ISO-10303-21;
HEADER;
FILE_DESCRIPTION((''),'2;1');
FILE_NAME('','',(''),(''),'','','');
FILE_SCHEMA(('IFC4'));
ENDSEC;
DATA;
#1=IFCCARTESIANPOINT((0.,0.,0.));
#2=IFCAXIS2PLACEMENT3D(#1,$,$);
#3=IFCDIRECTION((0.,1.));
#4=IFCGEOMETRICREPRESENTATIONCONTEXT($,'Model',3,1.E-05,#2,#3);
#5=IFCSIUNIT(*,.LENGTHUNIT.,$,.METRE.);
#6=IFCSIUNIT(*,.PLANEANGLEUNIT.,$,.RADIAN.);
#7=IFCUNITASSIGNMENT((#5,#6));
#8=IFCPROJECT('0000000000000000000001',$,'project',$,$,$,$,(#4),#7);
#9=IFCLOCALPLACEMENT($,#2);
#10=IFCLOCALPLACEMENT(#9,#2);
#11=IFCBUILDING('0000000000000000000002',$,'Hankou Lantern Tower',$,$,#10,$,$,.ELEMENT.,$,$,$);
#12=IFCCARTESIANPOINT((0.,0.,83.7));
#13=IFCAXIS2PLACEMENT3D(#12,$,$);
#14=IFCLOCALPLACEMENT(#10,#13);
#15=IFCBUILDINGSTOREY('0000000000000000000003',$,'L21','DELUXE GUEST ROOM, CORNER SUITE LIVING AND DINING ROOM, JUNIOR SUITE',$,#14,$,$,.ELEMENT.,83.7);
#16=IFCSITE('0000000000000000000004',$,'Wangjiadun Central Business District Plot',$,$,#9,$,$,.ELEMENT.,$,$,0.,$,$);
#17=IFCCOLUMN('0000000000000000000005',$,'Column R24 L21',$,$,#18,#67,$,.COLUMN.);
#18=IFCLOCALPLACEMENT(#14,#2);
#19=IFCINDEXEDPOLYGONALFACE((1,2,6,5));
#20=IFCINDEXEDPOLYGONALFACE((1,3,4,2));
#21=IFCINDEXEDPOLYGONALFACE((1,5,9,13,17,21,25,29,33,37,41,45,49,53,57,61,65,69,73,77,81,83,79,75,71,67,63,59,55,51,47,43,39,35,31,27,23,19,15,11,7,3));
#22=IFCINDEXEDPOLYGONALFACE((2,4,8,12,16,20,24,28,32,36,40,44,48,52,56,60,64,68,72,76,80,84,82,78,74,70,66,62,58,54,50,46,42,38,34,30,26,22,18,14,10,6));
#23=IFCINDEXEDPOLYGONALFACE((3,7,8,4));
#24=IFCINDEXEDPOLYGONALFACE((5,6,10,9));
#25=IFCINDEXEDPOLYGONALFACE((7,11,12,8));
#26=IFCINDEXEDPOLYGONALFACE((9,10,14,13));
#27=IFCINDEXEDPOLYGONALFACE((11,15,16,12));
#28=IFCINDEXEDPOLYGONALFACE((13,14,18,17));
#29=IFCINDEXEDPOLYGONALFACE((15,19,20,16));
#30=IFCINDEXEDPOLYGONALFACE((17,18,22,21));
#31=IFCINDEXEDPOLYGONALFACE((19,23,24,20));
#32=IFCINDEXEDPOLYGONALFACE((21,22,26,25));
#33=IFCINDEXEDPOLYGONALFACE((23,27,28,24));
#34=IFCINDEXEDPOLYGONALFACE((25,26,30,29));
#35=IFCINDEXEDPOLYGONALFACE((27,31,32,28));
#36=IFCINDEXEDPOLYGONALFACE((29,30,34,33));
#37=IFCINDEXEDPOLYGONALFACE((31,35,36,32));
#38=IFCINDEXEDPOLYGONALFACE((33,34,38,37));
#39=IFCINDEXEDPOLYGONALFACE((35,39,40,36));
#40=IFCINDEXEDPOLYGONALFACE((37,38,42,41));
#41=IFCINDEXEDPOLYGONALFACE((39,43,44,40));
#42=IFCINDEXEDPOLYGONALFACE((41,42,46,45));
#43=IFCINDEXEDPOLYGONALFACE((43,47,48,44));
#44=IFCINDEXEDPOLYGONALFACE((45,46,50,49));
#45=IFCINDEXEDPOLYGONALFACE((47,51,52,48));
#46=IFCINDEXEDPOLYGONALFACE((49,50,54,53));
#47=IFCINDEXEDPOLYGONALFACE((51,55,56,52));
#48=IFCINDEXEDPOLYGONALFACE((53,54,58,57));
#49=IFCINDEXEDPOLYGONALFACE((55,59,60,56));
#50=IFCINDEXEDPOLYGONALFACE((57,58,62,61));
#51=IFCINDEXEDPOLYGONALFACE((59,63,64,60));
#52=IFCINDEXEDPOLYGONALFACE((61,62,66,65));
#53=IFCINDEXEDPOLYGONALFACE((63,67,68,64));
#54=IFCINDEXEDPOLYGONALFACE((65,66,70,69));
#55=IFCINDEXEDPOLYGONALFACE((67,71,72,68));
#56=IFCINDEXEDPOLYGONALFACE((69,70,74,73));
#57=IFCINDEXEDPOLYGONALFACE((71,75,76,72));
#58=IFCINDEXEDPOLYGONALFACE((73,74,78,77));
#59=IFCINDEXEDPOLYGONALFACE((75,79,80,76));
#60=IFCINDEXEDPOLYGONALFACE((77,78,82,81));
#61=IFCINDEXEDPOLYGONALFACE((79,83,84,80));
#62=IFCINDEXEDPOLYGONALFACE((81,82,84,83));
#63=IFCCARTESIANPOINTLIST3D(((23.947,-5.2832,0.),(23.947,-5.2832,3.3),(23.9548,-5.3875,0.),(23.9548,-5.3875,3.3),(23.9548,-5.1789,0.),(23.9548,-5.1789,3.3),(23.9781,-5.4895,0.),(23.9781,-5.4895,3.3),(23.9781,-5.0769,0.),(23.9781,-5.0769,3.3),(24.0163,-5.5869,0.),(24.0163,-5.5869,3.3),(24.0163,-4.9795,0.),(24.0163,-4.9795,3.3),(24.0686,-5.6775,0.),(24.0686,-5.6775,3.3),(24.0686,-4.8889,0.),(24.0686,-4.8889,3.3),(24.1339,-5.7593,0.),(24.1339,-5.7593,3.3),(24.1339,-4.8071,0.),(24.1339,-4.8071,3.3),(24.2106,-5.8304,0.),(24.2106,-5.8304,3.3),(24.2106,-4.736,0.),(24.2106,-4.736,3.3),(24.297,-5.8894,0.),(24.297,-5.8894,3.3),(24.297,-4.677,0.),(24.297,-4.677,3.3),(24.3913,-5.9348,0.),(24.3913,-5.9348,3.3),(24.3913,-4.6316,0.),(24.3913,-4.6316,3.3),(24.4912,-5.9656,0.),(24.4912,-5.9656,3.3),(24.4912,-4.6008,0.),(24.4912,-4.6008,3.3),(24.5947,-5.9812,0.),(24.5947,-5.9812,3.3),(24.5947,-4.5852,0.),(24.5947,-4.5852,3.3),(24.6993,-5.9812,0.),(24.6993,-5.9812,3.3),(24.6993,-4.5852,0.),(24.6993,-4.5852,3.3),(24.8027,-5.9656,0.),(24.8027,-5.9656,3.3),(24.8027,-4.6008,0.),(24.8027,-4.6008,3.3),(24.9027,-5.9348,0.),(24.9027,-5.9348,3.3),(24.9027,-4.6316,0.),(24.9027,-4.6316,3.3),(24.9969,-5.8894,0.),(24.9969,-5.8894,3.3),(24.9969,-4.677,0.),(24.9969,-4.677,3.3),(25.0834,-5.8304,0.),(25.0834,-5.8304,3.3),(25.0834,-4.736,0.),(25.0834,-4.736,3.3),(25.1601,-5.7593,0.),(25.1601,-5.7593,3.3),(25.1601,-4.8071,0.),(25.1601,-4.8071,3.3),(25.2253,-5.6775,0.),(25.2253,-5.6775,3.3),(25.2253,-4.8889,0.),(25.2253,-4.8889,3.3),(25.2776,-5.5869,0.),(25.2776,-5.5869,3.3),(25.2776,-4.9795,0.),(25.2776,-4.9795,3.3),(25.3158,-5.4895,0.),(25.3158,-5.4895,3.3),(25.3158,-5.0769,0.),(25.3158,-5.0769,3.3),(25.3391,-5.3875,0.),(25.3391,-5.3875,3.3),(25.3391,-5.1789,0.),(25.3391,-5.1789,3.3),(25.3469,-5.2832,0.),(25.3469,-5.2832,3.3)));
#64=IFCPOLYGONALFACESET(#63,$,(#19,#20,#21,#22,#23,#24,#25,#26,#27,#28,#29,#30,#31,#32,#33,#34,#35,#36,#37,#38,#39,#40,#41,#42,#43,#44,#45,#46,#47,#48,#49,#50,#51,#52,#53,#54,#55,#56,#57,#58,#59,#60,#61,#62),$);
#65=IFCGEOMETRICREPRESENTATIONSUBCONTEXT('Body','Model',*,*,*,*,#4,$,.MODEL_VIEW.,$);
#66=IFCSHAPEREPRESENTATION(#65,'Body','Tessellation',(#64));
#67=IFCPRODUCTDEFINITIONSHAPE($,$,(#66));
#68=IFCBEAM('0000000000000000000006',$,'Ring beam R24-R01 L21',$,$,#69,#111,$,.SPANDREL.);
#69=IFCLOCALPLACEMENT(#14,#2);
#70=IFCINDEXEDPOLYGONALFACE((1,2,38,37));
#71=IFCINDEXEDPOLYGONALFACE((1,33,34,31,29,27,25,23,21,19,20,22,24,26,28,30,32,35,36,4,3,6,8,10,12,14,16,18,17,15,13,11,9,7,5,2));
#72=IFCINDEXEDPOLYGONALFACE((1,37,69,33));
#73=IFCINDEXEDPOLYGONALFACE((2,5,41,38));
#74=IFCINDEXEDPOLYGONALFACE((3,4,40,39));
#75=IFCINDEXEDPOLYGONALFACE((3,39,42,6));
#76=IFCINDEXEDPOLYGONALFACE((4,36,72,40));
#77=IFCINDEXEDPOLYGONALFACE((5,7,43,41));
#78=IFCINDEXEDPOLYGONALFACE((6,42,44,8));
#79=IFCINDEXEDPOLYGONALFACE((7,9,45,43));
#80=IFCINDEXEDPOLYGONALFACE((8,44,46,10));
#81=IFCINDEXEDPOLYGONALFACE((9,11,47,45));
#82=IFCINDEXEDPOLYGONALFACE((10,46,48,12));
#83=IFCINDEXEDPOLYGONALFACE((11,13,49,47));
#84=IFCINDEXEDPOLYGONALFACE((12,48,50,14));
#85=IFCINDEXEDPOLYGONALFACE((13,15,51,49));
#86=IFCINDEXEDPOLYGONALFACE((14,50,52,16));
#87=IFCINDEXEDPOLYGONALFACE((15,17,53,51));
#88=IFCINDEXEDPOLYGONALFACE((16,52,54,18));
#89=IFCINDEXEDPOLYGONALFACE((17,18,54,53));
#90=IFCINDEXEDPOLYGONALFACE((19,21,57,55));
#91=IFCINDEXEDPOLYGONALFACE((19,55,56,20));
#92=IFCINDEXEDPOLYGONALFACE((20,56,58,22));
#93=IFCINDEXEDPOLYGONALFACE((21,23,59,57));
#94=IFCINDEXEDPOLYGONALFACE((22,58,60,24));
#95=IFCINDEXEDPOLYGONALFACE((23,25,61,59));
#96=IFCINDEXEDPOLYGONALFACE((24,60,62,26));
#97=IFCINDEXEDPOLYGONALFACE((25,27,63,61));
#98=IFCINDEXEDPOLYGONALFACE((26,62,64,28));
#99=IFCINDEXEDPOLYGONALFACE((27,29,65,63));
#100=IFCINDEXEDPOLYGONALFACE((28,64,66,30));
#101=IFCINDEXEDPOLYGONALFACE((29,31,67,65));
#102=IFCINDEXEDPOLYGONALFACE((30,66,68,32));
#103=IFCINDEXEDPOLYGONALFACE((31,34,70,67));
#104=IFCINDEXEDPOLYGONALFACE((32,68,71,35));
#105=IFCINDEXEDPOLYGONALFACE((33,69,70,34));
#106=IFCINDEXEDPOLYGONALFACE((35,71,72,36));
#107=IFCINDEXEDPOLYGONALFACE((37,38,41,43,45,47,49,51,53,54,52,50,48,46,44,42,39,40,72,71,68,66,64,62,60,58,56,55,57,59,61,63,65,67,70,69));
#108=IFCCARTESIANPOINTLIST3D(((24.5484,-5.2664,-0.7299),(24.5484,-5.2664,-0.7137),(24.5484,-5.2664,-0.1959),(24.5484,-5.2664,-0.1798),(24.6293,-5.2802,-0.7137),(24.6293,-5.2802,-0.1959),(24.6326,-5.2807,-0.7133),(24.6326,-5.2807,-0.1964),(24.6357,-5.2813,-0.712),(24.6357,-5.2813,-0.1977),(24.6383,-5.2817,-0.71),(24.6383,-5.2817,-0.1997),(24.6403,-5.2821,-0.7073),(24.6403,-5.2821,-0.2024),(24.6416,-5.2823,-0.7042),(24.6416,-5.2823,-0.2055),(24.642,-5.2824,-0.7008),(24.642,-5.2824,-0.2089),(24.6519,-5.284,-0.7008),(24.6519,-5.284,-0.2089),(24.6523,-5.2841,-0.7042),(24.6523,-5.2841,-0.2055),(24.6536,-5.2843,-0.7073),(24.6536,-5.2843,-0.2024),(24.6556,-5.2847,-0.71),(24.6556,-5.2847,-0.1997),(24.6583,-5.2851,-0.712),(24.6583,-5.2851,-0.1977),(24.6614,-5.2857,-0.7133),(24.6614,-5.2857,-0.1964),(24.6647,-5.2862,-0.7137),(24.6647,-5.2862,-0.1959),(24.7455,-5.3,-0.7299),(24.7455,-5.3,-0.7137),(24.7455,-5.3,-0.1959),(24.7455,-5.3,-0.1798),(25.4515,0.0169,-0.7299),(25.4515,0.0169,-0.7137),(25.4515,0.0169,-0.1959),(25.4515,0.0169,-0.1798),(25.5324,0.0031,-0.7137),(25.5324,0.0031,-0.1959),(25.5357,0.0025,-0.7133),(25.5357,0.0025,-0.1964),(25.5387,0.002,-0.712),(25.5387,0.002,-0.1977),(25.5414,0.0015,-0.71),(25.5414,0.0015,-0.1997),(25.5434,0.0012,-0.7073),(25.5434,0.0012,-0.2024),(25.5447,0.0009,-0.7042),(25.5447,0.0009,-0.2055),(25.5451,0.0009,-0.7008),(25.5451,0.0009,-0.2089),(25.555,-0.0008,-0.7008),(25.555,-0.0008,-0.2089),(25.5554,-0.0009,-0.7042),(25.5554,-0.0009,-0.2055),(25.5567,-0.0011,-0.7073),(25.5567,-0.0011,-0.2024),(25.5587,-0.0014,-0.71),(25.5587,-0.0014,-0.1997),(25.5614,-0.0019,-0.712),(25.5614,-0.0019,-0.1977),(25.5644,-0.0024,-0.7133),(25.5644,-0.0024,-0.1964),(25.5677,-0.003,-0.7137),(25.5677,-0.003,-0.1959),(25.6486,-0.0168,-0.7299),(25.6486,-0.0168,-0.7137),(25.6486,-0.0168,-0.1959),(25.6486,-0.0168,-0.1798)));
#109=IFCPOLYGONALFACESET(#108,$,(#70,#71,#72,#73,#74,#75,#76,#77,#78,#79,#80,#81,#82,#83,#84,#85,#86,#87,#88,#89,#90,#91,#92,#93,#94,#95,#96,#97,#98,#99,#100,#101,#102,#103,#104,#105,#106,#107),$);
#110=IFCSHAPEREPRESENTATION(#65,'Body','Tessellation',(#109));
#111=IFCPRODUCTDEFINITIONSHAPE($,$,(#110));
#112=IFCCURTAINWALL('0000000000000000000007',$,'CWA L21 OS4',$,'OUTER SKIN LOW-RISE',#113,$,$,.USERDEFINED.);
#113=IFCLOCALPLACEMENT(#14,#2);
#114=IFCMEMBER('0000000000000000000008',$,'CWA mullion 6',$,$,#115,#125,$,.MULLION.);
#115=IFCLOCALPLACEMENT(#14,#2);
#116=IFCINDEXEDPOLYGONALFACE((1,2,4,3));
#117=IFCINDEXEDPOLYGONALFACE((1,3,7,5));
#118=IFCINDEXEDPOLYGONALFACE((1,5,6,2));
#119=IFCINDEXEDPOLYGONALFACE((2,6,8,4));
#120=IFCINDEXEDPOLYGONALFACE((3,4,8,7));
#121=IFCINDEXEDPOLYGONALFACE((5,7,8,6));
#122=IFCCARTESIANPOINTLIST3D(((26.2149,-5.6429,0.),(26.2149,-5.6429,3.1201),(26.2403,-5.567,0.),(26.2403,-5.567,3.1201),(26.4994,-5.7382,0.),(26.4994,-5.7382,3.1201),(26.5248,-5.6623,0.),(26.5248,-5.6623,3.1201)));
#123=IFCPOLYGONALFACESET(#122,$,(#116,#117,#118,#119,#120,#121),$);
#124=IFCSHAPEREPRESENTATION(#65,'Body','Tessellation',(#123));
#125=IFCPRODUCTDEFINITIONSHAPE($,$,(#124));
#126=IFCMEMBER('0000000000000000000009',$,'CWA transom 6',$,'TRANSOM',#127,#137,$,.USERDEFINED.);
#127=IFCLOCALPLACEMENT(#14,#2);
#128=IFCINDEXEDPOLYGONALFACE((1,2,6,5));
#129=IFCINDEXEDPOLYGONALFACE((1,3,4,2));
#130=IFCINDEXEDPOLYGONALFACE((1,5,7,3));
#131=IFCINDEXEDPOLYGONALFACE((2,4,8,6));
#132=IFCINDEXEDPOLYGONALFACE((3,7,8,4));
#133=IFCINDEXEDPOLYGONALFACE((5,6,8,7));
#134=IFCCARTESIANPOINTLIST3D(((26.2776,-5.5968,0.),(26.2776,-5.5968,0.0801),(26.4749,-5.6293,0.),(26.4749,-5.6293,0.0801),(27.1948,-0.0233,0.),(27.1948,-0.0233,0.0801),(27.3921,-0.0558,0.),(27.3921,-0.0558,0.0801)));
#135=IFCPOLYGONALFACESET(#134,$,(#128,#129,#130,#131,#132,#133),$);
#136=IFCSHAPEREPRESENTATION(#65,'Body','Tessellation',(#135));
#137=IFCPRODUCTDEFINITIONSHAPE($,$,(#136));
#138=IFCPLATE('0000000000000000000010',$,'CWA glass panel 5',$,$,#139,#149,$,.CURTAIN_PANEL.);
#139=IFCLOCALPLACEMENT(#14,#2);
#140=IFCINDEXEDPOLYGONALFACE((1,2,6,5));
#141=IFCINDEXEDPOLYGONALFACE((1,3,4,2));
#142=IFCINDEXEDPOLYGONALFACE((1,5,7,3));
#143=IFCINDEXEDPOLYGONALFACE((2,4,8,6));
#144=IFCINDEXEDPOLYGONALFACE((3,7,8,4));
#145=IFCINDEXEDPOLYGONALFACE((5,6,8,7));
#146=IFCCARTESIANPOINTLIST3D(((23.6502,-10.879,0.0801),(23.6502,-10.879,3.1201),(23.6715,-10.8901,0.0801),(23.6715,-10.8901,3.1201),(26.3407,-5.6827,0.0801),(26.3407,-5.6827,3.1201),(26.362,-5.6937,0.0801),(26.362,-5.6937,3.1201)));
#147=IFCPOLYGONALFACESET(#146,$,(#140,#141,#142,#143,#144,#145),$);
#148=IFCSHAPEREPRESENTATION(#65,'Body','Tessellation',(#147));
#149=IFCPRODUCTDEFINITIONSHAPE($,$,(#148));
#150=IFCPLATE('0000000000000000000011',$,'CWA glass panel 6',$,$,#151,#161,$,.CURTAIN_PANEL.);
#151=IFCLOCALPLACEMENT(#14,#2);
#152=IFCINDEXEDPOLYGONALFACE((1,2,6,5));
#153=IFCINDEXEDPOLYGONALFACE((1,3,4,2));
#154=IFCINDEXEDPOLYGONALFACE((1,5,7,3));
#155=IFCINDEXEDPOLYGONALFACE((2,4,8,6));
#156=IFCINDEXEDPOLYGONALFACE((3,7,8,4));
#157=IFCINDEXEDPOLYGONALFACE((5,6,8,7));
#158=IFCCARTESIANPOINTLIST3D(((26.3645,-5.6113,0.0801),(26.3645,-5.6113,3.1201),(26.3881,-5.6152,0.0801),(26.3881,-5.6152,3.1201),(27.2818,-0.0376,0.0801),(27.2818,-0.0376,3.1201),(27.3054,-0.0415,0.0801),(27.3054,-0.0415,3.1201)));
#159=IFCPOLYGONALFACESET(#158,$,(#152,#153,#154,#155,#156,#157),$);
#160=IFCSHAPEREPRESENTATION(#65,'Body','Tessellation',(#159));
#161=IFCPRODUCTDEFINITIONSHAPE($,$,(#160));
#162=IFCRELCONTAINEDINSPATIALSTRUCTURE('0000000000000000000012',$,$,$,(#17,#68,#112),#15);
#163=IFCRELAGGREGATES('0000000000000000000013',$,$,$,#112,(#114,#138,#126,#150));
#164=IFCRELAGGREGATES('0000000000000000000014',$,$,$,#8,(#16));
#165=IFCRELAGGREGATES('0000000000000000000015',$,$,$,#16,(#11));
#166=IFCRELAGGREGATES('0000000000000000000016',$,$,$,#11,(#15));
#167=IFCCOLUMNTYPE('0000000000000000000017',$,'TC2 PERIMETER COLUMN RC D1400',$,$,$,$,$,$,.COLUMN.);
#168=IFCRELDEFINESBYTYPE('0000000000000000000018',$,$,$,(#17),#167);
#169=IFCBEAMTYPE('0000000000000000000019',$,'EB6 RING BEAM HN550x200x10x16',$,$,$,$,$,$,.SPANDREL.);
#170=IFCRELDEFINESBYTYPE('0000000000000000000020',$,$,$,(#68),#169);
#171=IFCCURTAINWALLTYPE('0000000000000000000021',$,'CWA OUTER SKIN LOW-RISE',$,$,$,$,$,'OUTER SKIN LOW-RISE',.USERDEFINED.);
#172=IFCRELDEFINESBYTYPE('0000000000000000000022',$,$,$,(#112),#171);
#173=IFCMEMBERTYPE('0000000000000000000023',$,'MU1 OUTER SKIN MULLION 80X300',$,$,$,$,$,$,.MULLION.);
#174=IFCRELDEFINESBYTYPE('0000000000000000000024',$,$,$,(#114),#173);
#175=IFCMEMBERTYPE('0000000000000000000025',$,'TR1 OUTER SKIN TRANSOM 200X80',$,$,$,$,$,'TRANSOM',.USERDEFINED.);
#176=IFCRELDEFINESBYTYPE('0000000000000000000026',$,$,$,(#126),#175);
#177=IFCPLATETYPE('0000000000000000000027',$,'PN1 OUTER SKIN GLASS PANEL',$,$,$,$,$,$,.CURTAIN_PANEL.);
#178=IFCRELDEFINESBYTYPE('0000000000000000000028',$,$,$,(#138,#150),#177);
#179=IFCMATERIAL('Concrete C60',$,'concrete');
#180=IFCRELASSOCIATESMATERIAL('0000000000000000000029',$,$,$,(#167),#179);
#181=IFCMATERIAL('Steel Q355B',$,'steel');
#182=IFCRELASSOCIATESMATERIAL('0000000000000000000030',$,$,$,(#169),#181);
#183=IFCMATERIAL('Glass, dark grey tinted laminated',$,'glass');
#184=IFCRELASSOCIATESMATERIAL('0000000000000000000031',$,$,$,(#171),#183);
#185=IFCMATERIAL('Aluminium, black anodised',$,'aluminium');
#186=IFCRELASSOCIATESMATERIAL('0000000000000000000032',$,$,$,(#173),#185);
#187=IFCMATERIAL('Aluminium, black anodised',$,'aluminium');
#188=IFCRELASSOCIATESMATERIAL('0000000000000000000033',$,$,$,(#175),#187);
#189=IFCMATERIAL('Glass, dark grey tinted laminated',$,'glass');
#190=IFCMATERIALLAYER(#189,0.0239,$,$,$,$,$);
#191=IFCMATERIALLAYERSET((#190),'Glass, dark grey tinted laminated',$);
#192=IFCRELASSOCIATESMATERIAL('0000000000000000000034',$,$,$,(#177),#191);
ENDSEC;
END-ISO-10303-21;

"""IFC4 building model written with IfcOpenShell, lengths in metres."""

from ifc_helpers import new_model, si_unit, direction, frame, origin, origin_2d, place, context, subcontext, project, spatial, rectangle, circle, i_section, extrude, material, layer, layer_set, material_profile, profile_set, type_object, element, aggregate, save


model = new_model("IFC4")

# Units and contexts
model_context = context("Model", 3, precision=1e-05, world=origin(), true_north=direction((0.0, 1.0)))
body_context = subcontext(model_context, "Body", "Model", "MODEL_VIEW")
ifc_project = project(units=[si_unit("LENGTHUNIT", "METRE"), si_unit("PLANEANGLEUNIT", "RADIAN")], contexts=[model_context])

# Site, building, storey
site_placement = place(None, origin())
site = spatial("IfcSite", under=ifc_project, at=site_placement, Name="Wangjiadun Central Business District Plot", CompositionType="ELEMENT", RefElevation=0.0)
building_placement = place(site_placement, origin())
building = spatial("IfcBuilding", under=site, at=building_placement, Name="Hankou Lantern Tower", CompositionType="ELEMENT")
storey_placement = place(building_placement, frame((0.0, 0.0, 83.7)))
storey = spatial("IfcBuildingStorey", under=building, at=storey_placement, Name="L21", Description="DELUXE GUEST ROOM, CORNER SUITE LIVING AND DINING ROOM, JUNIOR SUITE", CompositionType="ELEMENT", Elevation=83.7)

# Column
ifc_material_1 = material(Name="Concrete C60", Category="concrete")
ifc_material_profile_1 = material_profile(ifc_material_1, circle(Radius=0.7, at=origin_2d()), Name="RC D1400")
ifc_profile_set_1 = profile_set([ifc_material_profile_1], Name="Concrete C60")
column_type = type_object("IfcColumnType", Name="TC2 PERIMETER COLUMN RC D1400", PredefinedType="COLUMN", material=ifc_profile_set_1)
column_placement = place(storey_placement, frame((24.647, -5.2832, 0.0), z_axis=(0.0, 0.0, 1.0), x_axis=(1.0, 0.0, 0.0)))
element("IfcColumn", 1, at=column_placement, inside=storey, type_object=column_type, Name="Column R24 L21", PredefinedType="COLUMN", context=body_context, shape_type="SweptSolid", body=[
    extrude(circle(Radius=0.7, at=origin_2d()), origin(), (0.0, 0.0, 1.0), 3.3),
])

# Beam
ifc_material_2 = material(Name="Steel Q355B", Category="steel")
ifc_material_profile_2 = material_profile(ifc_material_2, i_section(OverallWidth=0.2, OverallDepth=0.55, WebThickness=0.01, FlangeThickness=0.0161, FilletRadius=0.0129, at=origin_2d()), Name="HN550x200x10x16")
ifc_profile_set_2 = profile_set([ifc_material_profile_2], Name="Steel Q355B")
beam_type = type_object("IfcBeamType", Name="EB6 RING BEAM HN550x200x10x16", PredefinedType="SPANDREL", material=ifc_profile_set_2)
beam_placement = place(storey_placement, frame((24.647, -5.2832, -0.4548), z_axis=(0.16849, 0.985703, 0.0), x_axis=(-0.985703, 0.16849, 0.0)))
element("IfcBeam", 2, at=beam_placement, inside=storey, type_object=beam_type, Name="Ring beam R24-R01 L21", PredefinedType="SPANDREL", context=body_context, shape_type="SweptSolid", body=[
    extrude(i_section(OverallWidth=0.2, OverallDepth=0.55, WebThickness=0.01, FlangeThickness=0.0161, FilletRadius=0.0129, at=origin_2d()), origin(), (0.0, 0.0, 1.0), 5.3599),
])

# Curtain wall, members, plates
ifc_material_3 = material(Name="Glass, dark grey tinted laminated", Category="glass")
curtain_wall_type = type_object("IfcCurtainWallType", Name="CWA OUTER SKIN LOW-RISE", ElementType="OUTER SKIN LOW-RISE", PredefinedType="USERDEFINED", material=ifc_material_3)
curtain_wall_placement = place(storey_placement, origin())
curtain_wall = element("IfcCurtainWall", 3, at=curtain_wall_placement, inside=storey, type_object=curtain_wall_type, Name="CWA L21 OS4", ObjectType="OUTER SKIN LOW-RISE", PredefinedType="USERDEFINED")
ifc_material_4 = material(Name="Aluminium, black anodised", Category="aluminium")
ifc_material_profile_3 = material_profile(ifc_material_4, rectangle(XDim=0.0801, YDim=0.3, at=origin_2d()), Name="MU1 80X300")
ifc_profile_set_3 = profile_set([ifc_material_profile_3], Name="Aluminium, black anodised")
member_type_1 = type_object("IfcMemberType", Name="MU1 OUTER SKIN MULLION 80X300", PredefinedType="MULLION", material=ifc_profile_set_3)
member_1_placement = place(storey_placement, frame((26.3699, -5.6526, 0.0), z_axis=(0.0, 0.0, 1.0), x_axis=(0.317596, 0.948226, 0.0)))
member_1 = element("IfcMember", 4, at=member_1_placement, type_object=member_type_1, Name="CWA mullion 6", PredefinedType="MULLION", context=body_context, shape_type="SweptSolid", body=[
    extrude(rectangle(XDim=0.0801, YDim=0.3, at=origin_2d()), origin(), (0.0, 0.0, 1.0), 3.1201),
])
ifc_material_5 = material(Name="Aluminium, black anodised", Category="aluminium")
ifc_material_profile_4 = material_profile(ifc_material_5, rectangle(XDim=0.2, YDim=0.0801, at=origin_2d()), Name="TR1 200X80")
ifc_profile_set_4 = profile_set([ifc_material_profile_4], Name="Aluminium, black anodised")
member_type_2 = type_object("IfcMemberType", Name="TR1 OUTER SKIN TRANSOM 200X80", ElementType="TRANSOM", PredefinedType="USERDEFINED", material=ifc_profile_set_4)
member_2_placement = place(storey_placement, frame((26.3762, -5.613, 0.04), z_axis=(0.162387, 0.986727, 0.0), x_axis=(-0.986727, 0.162387, 0.0)))
member_2 = element("IfcMember", 5, at=member_2_placement, type_object=member_type_2, Name="CWA transom 6", ObjectType="TRANSOM", PredefinedType="USERDEFINED", context=body_context, shape_type="SweptSolid", body=[
    extrude(rectangle(XDim=0.2, YDim=0.0801, at=origin_2d()), origin(), (0.0, 0.0, 1.0), 5.6484),
])
ifc_material_6 = material(Name="Glass, dark grey tinted laminated", Category="glass")
ifc_layer_1 = layer(ifc_material_6, 0.0239)
ifc_layer_set_1 = layer_set([ifc_layer_1], Name="Glass, dark grey tinted laminated")
plate_type = type_object("IfcPlateType", Name="PN1 OUTER SKIN GLASS PANEL", PredefinedType="CURTAIN_PANEL", material=ifc_layer_set_1)
plate_1_placement = place(storey_placement, frame((25.0061, -8.2864, 0.0801), z_axis=(0.0, 0.0, 1.0), x_axis=(0.459791, 0.888027, 0.0)))
plate_1 = element("IfcPlate", 6, at=plate_1_placement, type_object=plate_type, Name="CWA glass panel 5", PredefinedType="CURTAIN_PANEL", context=body_context, shape_type="SweptSolid", body=[
    extrude(rectangle(XDim=5.8516, YDim=0.0239, at=origin_2d()), origin(), (0.0, 0.0, 1.0), 3.04),
])
plate_2_placement = place(storey_placement, frame((26.835, -2.8264, 0.0801), z_axis=(0.0, 0.0, 1.0), x_axis=(0.162382, 0.986728, 0.0)))
plate_2 = element("IfcPlate", 7, at=plate_2_placement, type_object=plate_type, Name="CWA glass panel 6", PredefinedType="CURTAIN_PANEL", context=body_context, shape_type="SweptSolid", body=[
    extrude(rectangle(XDim=5.6487, YDim=0.0239, at=origin_2d()), origin(), (0.0, 0.0, 1.0), 3.04),
])
aggregate(curtain_wall, [member_1, plate_1, member_2, plate_2])

save(model, "model.ifc")
